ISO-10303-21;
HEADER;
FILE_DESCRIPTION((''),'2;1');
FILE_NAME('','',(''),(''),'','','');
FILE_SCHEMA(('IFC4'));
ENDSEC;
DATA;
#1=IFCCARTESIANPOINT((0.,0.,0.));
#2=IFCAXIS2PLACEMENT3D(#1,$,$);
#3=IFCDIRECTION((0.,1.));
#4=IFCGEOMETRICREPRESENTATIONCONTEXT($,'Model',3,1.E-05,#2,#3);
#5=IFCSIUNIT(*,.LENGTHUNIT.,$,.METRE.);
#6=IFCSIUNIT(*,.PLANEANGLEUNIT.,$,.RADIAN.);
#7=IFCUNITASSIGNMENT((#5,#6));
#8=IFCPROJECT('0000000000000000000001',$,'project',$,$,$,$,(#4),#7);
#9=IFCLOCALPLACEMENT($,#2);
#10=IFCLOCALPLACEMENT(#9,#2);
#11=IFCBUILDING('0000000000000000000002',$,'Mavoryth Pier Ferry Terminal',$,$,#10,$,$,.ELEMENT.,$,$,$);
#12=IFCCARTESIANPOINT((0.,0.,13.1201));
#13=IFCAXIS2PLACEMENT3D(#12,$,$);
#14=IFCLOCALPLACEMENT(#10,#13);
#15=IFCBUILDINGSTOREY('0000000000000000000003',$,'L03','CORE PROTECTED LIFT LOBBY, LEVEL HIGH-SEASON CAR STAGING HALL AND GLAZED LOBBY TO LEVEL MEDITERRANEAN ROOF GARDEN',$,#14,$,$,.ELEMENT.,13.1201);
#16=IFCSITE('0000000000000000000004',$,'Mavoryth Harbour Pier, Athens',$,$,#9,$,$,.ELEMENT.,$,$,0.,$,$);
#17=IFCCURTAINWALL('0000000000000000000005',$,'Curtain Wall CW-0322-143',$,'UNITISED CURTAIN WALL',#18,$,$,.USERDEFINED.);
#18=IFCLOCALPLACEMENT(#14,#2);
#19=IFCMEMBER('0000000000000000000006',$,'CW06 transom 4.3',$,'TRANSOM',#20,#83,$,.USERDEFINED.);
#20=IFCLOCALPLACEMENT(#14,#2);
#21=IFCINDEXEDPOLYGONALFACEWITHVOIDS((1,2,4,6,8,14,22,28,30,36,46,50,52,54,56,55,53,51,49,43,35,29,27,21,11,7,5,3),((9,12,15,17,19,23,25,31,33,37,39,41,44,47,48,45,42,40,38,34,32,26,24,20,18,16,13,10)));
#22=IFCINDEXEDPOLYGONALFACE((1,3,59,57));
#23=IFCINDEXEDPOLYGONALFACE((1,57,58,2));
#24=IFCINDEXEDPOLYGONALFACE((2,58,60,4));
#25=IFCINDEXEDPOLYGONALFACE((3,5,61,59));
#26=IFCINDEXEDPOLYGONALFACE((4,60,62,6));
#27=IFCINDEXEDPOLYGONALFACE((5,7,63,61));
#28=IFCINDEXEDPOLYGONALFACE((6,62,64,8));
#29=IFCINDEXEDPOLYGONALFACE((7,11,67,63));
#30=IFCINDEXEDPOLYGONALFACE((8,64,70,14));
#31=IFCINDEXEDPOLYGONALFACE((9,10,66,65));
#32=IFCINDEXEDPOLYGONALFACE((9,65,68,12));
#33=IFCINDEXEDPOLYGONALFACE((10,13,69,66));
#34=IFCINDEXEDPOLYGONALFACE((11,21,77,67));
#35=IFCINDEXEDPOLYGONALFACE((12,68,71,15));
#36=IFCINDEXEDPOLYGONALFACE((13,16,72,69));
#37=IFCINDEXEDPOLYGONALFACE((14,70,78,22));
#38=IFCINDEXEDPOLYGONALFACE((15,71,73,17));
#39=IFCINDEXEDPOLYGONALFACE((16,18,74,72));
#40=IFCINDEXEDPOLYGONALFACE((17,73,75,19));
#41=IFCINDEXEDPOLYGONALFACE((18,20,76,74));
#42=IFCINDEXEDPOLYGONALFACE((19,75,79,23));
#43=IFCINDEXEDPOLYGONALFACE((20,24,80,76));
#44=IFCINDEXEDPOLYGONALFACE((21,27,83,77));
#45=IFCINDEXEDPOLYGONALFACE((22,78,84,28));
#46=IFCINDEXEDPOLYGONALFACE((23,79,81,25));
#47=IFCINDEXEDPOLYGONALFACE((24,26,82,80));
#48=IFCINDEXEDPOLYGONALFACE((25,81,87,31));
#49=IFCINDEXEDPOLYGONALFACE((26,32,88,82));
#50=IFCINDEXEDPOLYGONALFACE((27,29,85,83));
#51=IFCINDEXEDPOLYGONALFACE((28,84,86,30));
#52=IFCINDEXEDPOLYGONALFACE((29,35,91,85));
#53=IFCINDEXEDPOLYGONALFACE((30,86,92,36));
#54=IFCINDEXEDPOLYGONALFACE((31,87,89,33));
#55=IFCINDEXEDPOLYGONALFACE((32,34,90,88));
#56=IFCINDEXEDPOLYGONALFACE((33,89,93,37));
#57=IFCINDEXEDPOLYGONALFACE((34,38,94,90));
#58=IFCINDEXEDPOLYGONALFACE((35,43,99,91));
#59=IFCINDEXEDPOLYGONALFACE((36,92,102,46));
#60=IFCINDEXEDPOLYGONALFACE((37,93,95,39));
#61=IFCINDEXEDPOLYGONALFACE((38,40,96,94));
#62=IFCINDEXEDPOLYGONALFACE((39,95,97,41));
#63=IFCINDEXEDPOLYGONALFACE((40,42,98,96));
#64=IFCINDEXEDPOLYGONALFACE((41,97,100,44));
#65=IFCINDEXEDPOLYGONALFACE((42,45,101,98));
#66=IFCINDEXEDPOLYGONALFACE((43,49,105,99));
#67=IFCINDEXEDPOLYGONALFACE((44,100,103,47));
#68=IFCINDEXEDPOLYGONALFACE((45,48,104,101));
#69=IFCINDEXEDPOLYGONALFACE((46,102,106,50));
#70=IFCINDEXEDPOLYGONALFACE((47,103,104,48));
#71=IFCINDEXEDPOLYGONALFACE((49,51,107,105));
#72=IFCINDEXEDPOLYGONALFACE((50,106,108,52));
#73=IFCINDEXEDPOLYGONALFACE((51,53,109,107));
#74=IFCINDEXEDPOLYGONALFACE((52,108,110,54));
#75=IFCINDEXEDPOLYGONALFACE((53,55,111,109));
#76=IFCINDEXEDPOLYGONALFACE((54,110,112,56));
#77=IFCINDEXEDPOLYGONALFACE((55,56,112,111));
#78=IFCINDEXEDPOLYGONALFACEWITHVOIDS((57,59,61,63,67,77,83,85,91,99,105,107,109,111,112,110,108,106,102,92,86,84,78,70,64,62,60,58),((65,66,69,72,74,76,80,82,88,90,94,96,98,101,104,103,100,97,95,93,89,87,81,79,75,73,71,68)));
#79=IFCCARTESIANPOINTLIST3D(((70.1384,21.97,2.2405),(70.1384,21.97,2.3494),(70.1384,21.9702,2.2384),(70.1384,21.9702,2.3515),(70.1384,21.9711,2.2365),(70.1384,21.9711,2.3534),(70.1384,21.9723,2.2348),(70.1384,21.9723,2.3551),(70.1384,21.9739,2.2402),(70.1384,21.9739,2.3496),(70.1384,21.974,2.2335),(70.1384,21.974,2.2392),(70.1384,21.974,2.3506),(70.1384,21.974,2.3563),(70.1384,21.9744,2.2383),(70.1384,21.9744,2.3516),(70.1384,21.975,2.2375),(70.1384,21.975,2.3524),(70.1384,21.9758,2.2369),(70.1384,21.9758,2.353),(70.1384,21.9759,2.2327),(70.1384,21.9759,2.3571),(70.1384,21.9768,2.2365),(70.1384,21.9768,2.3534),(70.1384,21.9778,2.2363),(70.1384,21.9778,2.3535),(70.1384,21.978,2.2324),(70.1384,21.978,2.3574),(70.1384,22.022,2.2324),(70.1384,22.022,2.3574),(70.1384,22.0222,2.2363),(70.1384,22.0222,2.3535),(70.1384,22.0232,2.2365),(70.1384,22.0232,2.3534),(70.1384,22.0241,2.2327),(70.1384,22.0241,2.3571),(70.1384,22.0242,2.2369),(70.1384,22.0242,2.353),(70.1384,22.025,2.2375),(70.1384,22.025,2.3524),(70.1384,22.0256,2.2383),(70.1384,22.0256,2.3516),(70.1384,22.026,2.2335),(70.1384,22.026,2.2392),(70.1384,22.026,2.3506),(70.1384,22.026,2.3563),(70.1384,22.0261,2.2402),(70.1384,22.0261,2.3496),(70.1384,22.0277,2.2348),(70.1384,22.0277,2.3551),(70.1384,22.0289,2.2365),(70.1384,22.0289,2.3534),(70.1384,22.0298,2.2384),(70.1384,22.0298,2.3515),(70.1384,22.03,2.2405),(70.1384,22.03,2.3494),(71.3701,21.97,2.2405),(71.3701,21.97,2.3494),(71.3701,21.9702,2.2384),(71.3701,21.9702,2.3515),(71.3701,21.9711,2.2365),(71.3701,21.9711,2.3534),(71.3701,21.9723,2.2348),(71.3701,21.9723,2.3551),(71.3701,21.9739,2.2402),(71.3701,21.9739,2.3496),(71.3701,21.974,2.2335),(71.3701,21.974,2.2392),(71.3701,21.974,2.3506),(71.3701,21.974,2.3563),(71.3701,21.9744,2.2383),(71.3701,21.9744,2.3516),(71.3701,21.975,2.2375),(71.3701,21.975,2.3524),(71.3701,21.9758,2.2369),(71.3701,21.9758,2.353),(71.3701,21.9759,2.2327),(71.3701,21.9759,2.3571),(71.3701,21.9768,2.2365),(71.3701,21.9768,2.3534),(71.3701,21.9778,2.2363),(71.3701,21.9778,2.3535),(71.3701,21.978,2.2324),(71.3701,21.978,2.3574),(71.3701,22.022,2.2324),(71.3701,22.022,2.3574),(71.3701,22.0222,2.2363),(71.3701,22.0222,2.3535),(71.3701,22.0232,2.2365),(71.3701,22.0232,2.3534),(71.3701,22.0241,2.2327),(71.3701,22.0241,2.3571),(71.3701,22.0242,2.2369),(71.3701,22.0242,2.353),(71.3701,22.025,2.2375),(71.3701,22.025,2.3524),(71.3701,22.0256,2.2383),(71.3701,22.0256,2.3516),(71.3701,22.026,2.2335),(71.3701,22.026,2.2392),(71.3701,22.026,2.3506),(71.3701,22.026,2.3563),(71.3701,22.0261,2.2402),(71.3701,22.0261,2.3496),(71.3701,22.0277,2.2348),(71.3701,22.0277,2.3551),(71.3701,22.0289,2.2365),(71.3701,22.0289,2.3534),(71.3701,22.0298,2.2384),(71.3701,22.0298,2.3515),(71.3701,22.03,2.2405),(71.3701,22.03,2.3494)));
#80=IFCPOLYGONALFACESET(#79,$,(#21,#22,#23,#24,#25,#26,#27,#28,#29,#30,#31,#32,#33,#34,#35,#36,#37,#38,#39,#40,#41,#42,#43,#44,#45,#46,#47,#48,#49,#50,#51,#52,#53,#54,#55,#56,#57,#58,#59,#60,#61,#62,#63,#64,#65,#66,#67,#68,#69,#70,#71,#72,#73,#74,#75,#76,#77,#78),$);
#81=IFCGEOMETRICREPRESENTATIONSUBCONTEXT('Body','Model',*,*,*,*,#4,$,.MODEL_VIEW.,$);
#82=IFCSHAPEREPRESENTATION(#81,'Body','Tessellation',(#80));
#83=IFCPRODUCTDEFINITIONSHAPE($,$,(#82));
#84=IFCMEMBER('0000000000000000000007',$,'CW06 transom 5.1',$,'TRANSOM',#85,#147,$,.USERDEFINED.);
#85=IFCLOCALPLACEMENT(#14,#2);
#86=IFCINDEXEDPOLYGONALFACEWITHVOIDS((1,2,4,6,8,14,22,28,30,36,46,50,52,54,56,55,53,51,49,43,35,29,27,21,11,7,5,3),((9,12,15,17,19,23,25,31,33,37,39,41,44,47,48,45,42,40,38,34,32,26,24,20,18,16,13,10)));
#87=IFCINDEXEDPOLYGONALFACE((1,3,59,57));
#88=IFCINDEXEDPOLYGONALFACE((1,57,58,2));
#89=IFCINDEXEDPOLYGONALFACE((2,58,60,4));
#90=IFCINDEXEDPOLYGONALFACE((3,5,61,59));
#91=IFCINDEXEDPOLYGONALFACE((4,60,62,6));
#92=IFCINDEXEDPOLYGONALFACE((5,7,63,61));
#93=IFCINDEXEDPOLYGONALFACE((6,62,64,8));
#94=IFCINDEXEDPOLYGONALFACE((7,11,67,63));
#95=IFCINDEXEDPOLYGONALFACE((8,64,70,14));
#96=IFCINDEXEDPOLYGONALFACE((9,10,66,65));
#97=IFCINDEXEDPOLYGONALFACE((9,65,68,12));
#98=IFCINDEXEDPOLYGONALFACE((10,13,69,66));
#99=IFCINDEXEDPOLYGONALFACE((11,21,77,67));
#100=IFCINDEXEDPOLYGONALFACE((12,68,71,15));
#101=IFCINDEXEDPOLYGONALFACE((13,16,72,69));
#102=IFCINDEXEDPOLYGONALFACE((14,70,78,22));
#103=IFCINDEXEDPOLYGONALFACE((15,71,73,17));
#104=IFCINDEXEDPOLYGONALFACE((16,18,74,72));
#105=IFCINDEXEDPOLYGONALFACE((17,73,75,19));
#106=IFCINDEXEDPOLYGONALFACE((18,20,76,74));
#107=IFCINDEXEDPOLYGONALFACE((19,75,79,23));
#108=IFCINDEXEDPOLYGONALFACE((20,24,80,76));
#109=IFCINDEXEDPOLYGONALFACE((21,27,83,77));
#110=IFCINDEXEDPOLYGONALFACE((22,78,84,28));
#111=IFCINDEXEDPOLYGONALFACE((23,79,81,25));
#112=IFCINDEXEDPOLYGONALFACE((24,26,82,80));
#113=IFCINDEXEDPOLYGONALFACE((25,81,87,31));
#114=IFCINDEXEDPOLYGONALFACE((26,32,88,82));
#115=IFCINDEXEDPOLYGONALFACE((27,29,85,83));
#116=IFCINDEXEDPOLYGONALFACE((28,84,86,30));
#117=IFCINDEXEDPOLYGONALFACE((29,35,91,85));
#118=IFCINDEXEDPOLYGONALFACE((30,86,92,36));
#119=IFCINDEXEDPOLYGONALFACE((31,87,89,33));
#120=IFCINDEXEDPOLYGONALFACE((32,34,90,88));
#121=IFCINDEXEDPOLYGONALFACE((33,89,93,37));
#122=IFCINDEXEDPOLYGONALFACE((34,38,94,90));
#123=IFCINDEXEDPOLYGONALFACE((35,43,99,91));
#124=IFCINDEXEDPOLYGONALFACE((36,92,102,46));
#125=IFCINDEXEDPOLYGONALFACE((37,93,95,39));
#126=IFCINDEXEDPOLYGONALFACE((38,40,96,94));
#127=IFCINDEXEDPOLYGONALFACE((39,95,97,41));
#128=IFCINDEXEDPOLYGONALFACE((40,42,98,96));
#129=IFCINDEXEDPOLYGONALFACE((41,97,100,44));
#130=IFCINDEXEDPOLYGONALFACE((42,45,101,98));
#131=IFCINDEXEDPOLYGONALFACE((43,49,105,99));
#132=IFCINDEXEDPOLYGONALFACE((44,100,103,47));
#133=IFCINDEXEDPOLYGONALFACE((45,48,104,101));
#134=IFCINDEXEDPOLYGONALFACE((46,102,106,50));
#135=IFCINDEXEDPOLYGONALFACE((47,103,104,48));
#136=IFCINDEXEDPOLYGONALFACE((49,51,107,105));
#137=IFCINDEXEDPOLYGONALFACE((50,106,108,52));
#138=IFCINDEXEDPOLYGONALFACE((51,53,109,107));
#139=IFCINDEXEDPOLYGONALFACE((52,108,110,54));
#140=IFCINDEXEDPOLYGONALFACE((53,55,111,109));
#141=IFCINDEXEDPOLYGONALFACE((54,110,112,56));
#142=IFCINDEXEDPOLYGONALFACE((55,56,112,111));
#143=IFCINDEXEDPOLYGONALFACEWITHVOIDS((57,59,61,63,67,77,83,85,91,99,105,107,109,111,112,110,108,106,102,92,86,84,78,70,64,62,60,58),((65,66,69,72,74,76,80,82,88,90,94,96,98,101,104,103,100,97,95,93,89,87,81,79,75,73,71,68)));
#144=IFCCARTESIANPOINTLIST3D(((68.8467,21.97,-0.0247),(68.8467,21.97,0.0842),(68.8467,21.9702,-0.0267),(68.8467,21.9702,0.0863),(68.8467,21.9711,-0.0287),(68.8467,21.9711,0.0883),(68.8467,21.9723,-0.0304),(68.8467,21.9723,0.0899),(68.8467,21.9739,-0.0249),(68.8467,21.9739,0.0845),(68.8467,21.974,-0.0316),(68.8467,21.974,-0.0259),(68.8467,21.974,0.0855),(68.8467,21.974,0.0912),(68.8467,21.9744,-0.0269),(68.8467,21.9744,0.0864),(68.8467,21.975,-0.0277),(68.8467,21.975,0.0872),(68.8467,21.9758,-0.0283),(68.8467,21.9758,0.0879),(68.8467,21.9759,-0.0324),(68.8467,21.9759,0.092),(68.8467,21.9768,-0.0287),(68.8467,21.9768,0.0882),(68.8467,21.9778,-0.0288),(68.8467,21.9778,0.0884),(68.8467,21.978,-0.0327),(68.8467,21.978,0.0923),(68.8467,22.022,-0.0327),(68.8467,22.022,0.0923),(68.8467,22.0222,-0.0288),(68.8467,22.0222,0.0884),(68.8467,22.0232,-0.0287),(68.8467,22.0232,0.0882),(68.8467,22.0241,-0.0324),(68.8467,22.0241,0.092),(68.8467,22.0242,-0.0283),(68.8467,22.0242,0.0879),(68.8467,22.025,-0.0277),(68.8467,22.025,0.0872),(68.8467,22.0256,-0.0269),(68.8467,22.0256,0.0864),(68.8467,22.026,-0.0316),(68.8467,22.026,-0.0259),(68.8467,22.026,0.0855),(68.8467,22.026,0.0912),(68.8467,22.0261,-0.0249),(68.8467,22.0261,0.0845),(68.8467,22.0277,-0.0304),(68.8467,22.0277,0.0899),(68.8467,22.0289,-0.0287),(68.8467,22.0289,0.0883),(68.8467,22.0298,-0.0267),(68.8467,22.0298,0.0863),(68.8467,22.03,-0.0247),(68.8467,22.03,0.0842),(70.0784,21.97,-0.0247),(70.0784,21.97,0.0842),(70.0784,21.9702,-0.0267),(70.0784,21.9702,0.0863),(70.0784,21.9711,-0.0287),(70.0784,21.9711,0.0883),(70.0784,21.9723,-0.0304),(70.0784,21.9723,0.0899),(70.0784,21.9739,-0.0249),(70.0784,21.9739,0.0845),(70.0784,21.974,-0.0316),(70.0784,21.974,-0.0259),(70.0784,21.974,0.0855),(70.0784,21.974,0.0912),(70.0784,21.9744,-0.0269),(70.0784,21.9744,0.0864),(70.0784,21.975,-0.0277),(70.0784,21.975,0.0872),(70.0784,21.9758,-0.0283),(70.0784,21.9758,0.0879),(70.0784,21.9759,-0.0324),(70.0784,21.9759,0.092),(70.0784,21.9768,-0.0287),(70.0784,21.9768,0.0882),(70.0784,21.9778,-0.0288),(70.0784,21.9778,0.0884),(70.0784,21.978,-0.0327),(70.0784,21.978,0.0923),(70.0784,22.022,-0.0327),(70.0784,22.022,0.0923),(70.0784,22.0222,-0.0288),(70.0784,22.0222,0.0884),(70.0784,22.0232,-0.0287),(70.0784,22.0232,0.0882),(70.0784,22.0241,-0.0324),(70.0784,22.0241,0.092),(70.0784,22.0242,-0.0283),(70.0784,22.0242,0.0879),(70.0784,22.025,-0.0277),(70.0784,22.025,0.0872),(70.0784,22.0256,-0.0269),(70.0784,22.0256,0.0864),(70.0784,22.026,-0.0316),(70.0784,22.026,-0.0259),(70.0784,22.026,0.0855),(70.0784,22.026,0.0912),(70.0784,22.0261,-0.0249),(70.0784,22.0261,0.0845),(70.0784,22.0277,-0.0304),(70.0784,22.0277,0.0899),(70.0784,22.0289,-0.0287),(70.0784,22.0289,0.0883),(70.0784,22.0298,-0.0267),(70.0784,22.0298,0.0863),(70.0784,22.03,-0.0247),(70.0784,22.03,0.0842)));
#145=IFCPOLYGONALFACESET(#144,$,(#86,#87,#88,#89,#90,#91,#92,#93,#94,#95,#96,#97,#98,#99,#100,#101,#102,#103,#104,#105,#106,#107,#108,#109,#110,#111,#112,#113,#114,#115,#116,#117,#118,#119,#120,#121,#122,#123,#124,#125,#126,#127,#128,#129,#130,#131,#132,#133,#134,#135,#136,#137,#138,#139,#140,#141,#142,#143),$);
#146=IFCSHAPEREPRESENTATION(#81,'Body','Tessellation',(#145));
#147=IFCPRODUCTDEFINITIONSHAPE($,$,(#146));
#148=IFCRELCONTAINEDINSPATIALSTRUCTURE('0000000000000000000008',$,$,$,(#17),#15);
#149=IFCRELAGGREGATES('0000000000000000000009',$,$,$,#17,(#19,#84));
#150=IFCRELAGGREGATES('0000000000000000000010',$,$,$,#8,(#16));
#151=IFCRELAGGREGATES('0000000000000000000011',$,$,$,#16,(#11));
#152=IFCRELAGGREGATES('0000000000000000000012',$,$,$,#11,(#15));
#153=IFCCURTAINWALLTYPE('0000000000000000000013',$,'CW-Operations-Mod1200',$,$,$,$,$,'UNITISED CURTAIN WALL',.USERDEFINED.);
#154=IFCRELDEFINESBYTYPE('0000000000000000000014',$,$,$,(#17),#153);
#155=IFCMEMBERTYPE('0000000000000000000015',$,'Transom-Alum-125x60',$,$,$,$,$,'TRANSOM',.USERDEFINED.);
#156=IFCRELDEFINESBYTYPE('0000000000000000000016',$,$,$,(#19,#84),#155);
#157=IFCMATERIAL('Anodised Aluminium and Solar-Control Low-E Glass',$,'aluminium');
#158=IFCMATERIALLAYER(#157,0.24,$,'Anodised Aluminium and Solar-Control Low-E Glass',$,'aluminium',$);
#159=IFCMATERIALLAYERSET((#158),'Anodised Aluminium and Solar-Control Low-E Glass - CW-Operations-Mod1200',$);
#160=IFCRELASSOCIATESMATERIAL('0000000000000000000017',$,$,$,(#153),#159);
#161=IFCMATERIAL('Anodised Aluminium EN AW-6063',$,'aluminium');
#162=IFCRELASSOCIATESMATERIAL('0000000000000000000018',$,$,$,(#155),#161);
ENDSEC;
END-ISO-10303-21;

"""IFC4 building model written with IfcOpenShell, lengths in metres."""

from ifc_helpers import new_model, si_unit, direction, frame, origin, origin_2d, place, context, subcontext, project, spatial, hollow_rectangle, extrude, material, layer, layer_set, material_profile, profile_set, type_object, element, aggregate, save


model = new_model("IFC4")

# Units and contexts
model_context = context("Model", 3, precision=1e-05, world=origin(), true_north=direction((0.0, 1.0)))
body_context = subcontext(model_context, "Body", "Model", "MODEL_VIEW")
ifc_project = project(units=[si_unit("LENGTHUNIT", "METRE"), si_unit("PLANEANGLEUNIT", "RADIAN")], contexts=[model_context])

# Site, building, storey
site_placement = place(None, origin())
site = spatial("IfcSite", under=ifc_project, at=site_placement, Name="Mavoryth Harbour Pier, Athens", CompositionType="ELEMENT", RefElevation=0.0)
building_placement = place(site_placement, origin())
building = spatial("IfcBuilding", under=site, at=building_placement, Name="Mavoryth Pier Ferry Terminal", CompositionType="ELEMENT")
storey_placement = place(building_placement, frame((0.0, 0.0, 13.1201)))
storey = spatial("IfcBuildingStorey", under=building, at=storey_placement, Name="L03", Description="CORE PROTECTED LIFT LOBBY, LEVEL HIGH-SEASON CAR STAGING HALL AND GLAZED LOBBY TO LEVEL MEDITERRANEAN ROOF GARDEN", CompositionType="ELEMENT", Elevation=13.1201)

# Curtain wall, members
ifc_material_1 = material(Name="Anodised Aluminium and Solar-Control Low-E Glass", Category="aluminium")
ifc_layer_1 = layer(ifc_material_1, 0.24, Name="Anodised Aluminium and Solar-Control Low-E Glass", Category="aluminium")
ifc_layer_set_1 = layer_set([ifc_layer_1], Name="Anodised Aluminium and Solar-Control Low-E Glass - CW-Operations-Mod1200")
curtain_wall_type = type_object("IfcCurtainWallType", Name="CW-Operations-Mod1200", ElementType="UNITISED CURTAIN WALL", PredefinedType="USERDEFINED", material=ifc_layer_set_1)
curtain_wall_placement = place(storey_placement, origin())
curtain_wall = element("IfcCurtainWall", 1, at=curtain_wall_placement, inside=storey, type_object=curtain_wall_type, Name="Curtain Wall CW-0322-143", ObjectType="UNITISED CURTAIN WALL", PredefinedType="USERDEFINED")
ifc_material_2 = material(Name="Anodised Aluminium EN AW-6063", Category="aluminium")
ifc_material_profile_1 = material_profile(ifc_material_2, hollow_rectangle(XDim=0.0601, YDim=0.125, WallThickness=0.0039, InnerFilletRadius=0.0039, OuterFilletRadius=0.0081, at=origin_2d()), Name="AL-TRAN 125x60x4", Category="aluminium")
ifc_profile_set_1 = profile_set([ifc_material_profile_1], Name="Anodised Aluminium EN AW-6063 - AL-TRAN 125x60x4")
member_type_1 = type_object("IfcMemberType", Name="Transom-Alum-125x60", ElementType="TRANSOM", PredefinedType="USERDEFINED", material=ifc_profile_set_1)
member_1_placement = place(storey_placement, frame((71.3701, 22.0, 2.2949), z_axis=(-1.0, 0.0, 0.0), x_axis=(0.0, -1.0, 0.0)))
member_1 = element("IfcMember", 2, at=member_1_placement, type_object=member_type_1, Name="CW06 transom 4.3", ObjectType="TRANSOM", PredefinedType="USERDEFINED", context=body_context, shape_type="SweptSolid", body=[
    extrude(hollow_rectangle(XDim=0.0601, YDim=0.125, WallThickness=0.0039, InnerFilletRadius=0.0039, OuterFilletRadius=0.0081, at=origin_2d()), origin(), (0.0, 0.0, 1.0), 1.2317),
])
member_2_placement = place(storey_placement, frame((70.0784, 22.0, 0.0298), z_axis=(-1.0, 0.0, 0.0), x_axis=(0.0, -1.0, 0.0)))
member_2 = element("IfcMember", 3, at=member_2_placement, type_object=member_type_1, Name="CW06 transom 5.1", ObjectType="TRANSOM", PredefinedType="USERDEFINED", context=body_context, shape_type="SweptSolid", body=[
    extrude(hollow_rectangle(XDim=0.0601, YDim=0.125, WallThickness=0.0039, InnerFilletRadius=0.0039, OuterFilletRadius=0.0081, at=origin_2d()), origin(), (0.0, 0.0, 1.0), 1.2317),
])
aggregate(curtain_wall, [member_1, member_2])

save(model, "model.ifc")
